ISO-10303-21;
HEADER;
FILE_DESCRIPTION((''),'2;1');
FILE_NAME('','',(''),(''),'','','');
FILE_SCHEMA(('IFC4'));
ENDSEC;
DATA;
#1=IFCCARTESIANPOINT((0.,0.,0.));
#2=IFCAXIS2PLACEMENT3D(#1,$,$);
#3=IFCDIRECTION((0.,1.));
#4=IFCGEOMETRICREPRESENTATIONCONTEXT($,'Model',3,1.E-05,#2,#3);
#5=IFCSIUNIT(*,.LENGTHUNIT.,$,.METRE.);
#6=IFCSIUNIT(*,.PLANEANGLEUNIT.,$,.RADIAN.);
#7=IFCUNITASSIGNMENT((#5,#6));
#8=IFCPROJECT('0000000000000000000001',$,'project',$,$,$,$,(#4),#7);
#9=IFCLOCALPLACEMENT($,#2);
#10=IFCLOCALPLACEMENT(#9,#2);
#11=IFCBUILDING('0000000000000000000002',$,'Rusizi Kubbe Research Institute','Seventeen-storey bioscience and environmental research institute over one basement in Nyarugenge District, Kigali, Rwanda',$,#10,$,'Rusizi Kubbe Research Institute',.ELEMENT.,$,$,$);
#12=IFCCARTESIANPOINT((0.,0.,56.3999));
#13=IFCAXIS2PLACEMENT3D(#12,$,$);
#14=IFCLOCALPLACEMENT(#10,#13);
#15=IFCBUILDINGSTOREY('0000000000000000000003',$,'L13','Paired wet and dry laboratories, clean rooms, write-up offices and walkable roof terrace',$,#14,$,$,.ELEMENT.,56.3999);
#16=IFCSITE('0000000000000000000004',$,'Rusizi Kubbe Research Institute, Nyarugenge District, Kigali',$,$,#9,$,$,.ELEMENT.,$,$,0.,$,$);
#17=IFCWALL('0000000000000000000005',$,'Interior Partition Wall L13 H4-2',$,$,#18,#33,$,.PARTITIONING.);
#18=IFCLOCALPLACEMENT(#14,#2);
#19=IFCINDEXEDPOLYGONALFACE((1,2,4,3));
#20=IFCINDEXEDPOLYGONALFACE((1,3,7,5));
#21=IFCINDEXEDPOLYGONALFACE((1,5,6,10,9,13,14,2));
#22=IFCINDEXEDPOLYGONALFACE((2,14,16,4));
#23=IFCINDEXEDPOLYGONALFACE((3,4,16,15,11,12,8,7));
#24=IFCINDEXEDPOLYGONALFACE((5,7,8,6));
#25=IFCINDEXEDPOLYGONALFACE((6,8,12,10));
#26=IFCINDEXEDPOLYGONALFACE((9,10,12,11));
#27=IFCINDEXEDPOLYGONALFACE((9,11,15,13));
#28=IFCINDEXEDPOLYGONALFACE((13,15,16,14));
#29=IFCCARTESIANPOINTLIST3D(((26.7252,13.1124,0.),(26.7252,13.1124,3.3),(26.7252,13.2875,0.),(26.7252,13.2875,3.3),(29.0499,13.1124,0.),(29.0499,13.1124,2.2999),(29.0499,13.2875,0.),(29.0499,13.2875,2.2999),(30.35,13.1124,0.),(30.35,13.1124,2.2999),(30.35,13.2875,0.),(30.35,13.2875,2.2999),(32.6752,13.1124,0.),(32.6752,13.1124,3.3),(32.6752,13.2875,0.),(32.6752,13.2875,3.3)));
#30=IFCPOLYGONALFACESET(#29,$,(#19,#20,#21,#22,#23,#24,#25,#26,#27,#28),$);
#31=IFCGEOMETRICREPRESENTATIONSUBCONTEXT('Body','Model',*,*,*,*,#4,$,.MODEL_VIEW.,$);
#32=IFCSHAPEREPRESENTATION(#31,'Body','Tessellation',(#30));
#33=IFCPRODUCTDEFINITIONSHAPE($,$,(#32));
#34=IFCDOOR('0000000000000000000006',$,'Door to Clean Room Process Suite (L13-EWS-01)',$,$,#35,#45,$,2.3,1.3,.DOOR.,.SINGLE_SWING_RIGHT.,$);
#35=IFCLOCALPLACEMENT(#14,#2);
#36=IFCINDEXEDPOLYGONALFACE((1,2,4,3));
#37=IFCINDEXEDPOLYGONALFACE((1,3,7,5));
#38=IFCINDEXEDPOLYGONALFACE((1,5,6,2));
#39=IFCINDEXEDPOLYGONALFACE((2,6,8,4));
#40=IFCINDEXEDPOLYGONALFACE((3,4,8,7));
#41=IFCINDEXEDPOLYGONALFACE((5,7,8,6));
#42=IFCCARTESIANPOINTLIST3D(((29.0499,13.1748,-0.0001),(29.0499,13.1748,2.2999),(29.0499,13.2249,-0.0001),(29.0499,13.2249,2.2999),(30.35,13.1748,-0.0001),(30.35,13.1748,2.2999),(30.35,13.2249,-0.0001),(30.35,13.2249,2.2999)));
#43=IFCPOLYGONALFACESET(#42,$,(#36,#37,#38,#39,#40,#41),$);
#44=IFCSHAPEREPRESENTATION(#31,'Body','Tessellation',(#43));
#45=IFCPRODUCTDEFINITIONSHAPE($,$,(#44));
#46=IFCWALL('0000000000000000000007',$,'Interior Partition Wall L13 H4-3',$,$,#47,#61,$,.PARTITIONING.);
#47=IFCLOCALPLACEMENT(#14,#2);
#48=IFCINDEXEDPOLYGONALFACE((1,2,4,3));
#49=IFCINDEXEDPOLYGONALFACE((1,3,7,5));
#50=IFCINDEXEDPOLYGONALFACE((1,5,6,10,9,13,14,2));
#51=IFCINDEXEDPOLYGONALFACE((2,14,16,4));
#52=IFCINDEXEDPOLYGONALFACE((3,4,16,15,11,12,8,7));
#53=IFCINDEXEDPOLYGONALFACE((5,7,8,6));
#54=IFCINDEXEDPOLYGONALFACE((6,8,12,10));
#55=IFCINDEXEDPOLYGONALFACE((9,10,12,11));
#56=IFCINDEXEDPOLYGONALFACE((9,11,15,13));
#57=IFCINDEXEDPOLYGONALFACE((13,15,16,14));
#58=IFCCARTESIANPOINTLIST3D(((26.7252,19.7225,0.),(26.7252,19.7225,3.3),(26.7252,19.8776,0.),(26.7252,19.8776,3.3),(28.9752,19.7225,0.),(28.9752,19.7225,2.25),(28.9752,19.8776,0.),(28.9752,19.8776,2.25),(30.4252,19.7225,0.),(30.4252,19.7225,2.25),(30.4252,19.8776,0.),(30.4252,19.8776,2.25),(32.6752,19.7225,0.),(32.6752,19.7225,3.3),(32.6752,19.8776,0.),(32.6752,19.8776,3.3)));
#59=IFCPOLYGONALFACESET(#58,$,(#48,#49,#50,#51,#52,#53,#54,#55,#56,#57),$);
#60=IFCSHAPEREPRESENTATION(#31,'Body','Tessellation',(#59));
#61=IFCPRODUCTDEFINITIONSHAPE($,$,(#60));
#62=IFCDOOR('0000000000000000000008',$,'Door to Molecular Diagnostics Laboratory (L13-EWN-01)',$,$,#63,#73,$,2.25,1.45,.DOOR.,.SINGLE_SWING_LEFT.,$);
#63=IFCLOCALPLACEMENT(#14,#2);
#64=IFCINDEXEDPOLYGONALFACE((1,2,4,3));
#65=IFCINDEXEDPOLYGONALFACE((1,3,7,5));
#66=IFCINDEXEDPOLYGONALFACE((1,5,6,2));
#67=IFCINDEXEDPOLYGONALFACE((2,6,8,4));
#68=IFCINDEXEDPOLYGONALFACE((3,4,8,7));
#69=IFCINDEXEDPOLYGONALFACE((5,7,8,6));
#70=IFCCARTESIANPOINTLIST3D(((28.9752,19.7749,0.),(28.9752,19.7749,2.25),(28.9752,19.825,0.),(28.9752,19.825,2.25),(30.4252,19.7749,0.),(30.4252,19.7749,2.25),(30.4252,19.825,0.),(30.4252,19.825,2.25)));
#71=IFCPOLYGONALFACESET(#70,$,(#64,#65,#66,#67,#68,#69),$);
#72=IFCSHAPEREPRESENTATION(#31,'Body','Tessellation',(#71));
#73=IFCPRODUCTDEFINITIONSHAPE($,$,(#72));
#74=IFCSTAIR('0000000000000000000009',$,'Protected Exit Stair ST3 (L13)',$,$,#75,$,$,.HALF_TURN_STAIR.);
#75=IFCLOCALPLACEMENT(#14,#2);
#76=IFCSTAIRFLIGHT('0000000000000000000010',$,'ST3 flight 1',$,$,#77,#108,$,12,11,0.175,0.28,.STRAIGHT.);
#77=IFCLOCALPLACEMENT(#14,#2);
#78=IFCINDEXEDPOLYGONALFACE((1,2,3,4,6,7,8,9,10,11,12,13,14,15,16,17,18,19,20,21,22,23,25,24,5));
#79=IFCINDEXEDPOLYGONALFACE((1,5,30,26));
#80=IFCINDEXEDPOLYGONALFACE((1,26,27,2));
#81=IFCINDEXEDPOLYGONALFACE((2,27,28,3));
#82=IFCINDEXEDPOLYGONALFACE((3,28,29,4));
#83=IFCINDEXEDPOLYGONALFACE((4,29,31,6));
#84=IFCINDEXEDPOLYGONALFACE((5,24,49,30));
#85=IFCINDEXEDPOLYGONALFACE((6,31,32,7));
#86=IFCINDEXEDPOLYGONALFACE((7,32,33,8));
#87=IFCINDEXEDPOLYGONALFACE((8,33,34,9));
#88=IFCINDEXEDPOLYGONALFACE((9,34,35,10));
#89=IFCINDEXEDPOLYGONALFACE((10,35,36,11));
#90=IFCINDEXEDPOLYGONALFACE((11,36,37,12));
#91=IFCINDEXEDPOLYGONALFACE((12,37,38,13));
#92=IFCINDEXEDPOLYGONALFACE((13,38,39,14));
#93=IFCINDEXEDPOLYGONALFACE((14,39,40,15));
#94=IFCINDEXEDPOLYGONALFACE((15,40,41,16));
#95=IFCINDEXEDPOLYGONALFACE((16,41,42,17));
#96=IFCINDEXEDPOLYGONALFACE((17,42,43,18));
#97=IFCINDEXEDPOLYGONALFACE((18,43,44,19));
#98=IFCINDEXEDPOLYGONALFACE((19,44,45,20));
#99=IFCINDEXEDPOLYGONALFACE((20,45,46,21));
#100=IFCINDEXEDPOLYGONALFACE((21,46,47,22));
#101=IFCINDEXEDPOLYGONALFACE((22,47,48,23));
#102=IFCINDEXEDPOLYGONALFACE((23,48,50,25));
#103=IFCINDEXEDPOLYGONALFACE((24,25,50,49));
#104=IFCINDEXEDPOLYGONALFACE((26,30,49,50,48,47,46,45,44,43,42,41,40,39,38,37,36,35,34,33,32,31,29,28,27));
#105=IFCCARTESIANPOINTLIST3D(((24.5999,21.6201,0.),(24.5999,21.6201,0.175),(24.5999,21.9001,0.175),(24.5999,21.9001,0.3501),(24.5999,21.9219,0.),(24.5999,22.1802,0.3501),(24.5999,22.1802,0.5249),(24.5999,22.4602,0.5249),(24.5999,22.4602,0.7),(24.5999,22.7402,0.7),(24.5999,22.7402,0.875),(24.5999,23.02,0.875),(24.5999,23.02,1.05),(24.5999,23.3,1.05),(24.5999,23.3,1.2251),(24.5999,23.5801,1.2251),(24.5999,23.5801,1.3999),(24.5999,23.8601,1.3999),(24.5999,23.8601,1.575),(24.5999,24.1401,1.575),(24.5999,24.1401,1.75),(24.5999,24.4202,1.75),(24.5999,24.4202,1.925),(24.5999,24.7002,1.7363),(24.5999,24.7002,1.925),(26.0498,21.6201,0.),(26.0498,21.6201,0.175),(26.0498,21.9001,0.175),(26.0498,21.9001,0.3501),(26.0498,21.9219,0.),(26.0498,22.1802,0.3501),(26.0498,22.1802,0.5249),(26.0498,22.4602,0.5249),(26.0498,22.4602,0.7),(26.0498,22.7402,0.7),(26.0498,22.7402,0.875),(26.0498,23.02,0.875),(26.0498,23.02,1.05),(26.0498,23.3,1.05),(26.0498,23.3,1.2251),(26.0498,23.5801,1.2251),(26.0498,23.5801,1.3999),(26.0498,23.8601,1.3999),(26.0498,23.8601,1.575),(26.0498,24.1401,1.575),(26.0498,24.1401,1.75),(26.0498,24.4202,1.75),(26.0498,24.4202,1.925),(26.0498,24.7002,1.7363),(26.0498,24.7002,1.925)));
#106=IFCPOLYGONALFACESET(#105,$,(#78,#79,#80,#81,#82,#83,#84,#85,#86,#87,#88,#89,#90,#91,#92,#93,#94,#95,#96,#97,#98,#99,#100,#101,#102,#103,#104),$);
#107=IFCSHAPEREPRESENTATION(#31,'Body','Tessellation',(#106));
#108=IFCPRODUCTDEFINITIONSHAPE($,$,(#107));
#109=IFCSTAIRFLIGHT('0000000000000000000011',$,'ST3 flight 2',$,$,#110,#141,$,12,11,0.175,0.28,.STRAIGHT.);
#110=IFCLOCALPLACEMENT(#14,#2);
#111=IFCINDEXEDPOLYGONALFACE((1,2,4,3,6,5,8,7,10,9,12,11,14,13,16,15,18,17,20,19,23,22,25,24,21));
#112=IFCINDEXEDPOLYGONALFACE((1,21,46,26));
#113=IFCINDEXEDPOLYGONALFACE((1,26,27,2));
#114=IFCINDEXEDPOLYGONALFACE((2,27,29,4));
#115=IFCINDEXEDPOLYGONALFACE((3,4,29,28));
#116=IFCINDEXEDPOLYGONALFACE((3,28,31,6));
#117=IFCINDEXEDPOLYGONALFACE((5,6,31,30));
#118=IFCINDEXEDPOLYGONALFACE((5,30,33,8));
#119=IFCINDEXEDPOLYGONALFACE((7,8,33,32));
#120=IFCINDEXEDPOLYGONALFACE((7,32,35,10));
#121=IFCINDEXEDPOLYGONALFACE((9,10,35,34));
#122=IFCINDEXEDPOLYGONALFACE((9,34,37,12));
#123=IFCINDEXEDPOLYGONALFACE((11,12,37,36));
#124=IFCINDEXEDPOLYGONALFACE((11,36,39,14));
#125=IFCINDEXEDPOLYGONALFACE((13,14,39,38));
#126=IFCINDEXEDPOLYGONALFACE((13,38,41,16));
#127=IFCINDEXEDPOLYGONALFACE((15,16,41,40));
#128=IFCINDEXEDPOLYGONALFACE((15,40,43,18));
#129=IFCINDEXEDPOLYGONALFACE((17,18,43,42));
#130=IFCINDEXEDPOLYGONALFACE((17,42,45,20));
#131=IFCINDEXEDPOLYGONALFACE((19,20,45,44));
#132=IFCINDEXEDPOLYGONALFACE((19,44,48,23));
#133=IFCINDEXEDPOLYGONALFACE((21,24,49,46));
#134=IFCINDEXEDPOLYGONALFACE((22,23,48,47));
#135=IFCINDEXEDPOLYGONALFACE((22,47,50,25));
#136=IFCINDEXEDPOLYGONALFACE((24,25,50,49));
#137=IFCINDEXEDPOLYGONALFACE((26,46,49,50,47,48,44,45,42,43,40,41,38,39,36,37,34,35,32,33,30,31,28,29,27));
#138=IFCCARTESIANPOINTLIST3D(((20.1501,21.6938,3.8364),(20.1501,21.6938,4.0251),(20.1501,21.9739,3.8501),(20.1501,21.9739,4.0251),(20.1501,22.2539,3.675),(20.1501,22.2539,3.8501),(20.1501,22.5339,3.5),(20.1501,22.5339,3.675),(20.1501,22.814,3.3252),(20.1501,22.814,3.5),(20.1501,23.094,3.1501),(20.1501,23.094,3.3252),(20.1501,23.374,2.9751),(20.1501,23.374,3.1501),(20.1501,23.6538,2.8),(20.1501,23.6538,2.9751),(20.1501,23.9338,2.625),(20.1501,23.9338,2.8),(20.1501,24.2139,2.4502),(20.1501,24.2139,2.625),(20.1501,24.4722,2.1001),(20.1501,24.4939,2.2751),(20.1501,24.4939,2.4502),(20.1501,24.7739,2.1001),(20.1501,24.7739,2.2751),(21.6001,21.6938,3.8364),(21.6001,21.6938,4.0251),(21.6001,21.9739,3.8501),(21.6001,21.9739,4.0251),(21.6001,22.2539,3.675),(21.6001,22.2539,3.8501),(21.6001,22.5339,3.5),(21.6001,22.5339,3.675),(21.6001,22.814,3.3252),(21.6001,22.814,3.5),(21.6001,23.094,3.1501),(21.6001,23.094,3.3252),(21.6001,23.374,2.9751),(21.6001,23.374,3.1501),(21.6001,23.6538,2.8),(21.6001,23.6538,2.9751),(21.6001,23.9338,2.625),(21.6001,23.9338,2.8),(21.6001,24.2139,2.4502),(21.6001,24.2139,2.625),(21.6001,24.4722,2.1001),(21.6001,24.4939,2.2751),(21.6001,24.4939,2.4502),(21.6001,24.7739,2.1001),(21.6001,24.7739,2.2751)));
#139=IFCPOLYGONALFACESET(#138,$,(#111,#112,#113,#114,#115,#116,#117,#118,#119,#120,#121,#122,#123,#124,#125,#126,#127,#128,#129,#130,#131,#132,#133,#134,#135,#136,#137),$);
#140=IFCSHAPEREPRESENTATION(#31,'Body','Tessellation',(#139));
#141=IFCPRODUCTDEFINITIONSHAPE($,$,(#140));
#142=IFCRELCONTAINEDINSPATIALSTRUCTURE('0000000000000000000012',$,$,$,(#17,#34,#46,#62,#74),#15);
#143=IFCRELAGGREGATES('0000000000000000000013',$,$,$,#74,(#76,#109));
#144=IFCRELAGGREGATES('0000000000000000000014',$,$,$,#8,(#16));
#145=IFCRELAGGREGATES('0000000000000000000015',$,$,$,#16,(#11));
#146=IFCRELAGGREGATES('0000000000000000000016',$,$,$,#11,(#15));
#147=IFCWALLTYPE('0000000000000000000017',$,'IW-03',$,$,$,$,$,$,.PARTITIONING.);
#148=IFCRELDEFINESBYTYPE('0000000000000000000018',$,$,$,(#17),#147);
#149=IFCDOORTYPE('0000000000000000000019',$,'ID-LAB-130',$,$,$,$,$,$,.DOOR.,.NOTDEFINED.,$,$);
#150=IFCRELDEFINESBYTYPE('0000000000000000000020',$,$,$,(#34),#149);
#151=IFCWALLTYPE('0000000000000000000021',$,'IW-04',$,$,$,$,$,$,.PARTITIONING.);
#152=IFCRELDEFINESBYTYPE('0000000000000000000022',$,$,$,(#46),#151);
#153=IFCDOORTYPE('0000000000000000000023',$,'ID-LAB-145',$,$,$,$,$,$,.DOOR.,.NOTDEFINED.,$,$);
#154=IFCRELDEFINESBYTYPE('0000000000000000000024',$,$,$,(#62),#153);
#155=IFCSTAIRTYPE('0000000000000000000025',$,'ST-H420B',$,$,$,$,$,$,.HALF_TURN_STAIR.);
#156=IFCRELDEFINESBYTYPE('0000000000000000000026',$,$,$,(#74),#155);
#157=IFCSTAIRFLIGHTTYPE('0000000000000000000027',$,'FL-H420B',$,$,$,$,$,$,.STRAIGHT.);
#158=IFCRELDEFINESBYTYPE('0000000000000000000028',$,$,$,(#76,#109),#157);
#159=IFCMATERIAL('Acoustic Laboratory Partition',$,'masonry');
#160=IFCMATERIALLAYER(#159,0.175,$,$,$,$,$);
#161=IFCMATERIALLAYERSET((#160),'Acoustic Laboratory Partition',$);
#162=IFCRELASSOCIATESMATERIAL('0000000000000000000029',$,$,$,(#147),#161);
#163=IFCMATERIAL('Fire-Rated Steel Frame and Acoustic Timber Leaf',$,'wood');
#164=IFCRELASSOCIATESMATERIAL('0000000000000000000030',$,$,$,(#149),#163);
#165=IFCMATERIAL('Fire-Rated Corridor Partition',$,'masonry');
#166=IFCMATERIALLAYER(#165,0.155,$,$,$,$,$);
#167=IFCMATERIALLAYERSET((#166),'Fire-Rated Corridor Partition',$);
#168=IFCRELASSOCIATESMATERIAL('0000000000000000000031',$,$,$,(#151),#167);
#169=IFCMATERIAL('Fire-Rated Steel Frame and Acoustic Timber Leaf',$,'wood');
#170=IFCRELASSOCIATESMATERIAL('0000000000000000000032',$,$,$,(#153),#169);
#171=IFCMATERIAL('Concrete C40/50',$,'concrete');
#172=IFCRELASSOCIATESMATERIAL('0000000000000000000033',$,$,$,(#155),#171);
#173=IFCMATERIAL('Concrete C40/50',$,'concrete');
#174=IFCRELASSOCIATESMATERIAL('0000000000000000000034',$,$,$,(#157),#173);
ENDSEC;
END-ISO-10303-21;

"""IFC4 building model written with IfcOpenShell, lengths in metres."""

from ifc_helpers import new_model, si_unit, direction, frame, frame_2d, origin, place, context, subcontext, project, spatial, polyline, rectangle, outline, extrude, material, layer, layer_set, type_object, element, fill, aggregate, save


model = new_model("IFC4")

# Units and contexts
model_context = context("Model", 3, precision=1e-05, world=origin(), true_north=direction((0.0, 1.0)))
body_context = subcontext(model_context, "Body", "Model", "MODEL_VIEW")
ifc_project = project(units=[si_unit("LENGTHUNIT", "METRE"), si_unit("PLANEANGLEUNIT", "RADIAN")], contexts=[model_context])

# Site, building, storey
site_placement = place(None, origin())
site = spatial("IfcSite", under=ifc_project, at=site_placement, Name="Rusizi Kubbe Research Institute, Nyarugenge District, Kigali", CompositionType="ELEMENT", RefElevation=0.0)
building_placement = place(site_placement, origin())
building = spatial("IfcBuilding", under=site, at=building_placement, Name="Rusizi Kubbe Research Institute", Description="Seventeen-storey bioscience and environmental research institute over one basement in Nyarugenge District, Kigali, Rwanda", LongName="Rusizi Kubbe Research Institute", CompositionType="ELEMENT")
storey_placement = place(building_placement, frame((0.0, 0.0, 56.3999)))
storey = spatial("IfcBuildingStorey", under=building, at=storey_placement, Name="L13", Description="Paired wet and dry laboratories, clean rooms, write-up offices and walkable roof terrace", CompositionType="ELEMENT", Elevation=56.3999)

# Walls, openings, doors
ifc_material_1 = material(Name="Acoustic Laboratory Partition", Category="masonry")
ifc_layer_1 = layer(ifc_material_1, 0.175)
ifc_layer_set_1 = layer_set([ifc_layer_1], Name="Acoustic Laboratory Partition")
wall_type_1 = type_object("IfcWallType", Name="IW-03", PredefinedType="PARTITIONING", material=ifc_layer_set_1)
wall_1_placement = place(storey_placement, frame((26.7251, 13.2, 0.0), z_axis=(0.0, 0.0, 1.0), x_axis=(1.0, 0.0, 0.0)))
wall_1 = element("IfcWall", 1, at=wall_1_placement, inside=storey, type_object=wall_type_1, Name="Interior Partition Wall L13 H4-2", PredefinedType="PARTITIONING", context=body_context, shape_type="SweptSolid", body=[
    extrude(rectangle(XDim=5.95, YDim=0.175, at=frame_2d((2.9751, 0.0))), origin(), (0.0, 0.0, 1.0), 3.3),
])
opening_1_placement = place(wall_1_placement, frame((2.325, 0.0, 0.0)))
opening_1 = element("IfcOpeningElement", 2, at=opening_1_placement, cuts=wall_1, PredefinedType="OPENING", context=body_context, shape_type="SweptSolid", body=[
    extrude(rectangle(XDim=1.3, YDim=2.3, at=frame_2d((0.6499, 1.1499))), frame((0.0, 0.0974, 0.0), z_axis=(0.0, -1.0, 0.0), x_axis=(1.0, 0.0, 0.0)), (0.0, 0.0, 1.0), 0.1951),
])
ifc_material_2 = material(Name="Fire-Rated Steel Frame and Acoustic Timber Leaf", Category="wood")
door_type_1 = type_object("IfcDoorType", Name="ID-LAB-130", OperationType="NOTDEFINED", PredefinedType="DOOR", material=ifc_material_2)
door_1_placement = place(opening_1_placement, origin())
door_1 = element("IfcDoor", 3, at=door_1_placement, inside=storey, type_object=door_type_1, Name="Door to Clean Room Process Suite (L13-EWS-01)", OperationType="SINGLE_SWING_RIGHT", OverallHeight=2.3, OverallWidth=1.3, PredefinedType="DOOR", context=body_context, shape_type="SweptSolid", body=[
    extrude(rectangle(XDim=1.3, YDim=2.3, at=frame_2d((0.6499, 1.1499))), frame((0.0, 0.0249, 0.0), z_axis=(0.0, -1.0, 0.0), x_axis=(1.0, 0.0, 0.0)), (0.0, 0.0, 1.0), 0.05),
])
fill(opening_1, door_1)
ifc_material_3 = material(Name="Fire-Rated Corridor Partition", Category="masonry")
ifc_layer_2 = layer(ifc_material_3, 0.155)
ifc_layer_set_2 = layer_set([ifc_layer_2], Name="Fire-Rated Corridor Partition")
wall_type_2 = type_object("IfcWallType", Name="IW-04", PredefinedType="PARTITIONING", material=ifc_layer_set_2)
wall_2_placement = place(storey_placement, frame((26.7251, 19.8, 0.0), z_axis=(0.0, 0.0, 1.0), x_axis=(1.0, 0.0, 0.0)))
wall_2 = element("IfcWall", 4, at=wall_2_placement, inside=storey, type_object=wall_type_2, Name="Interior Partition Wall L13 H4-3", PredefinedType="PARTITIONING", context=body_context, shape_type="SweptSolid", body=[
    extrude(rectangle(XDim=5.95, YDim=0.155, at=frame_2d((2.9751, 0.0))), origin(), (0.0, 0.0, 1.0), 3.3),
])
opening_2_placement = place(wall_2_placement, frame((2.25, 0.0, 0.0)))
opening_2 = element("IfcOpeningElement", 5, at=opening_2_placement, cuts=wall_2, PredefinedType="OPENING", context=body_context, shape_type="SweptSolid", body=[
    extrude(rectangle(XDim=1.45, YDim=2.25, at=frame_2d((0.7251, 1.125))), frame((0.0, 0.0874, 0.0), z_axis=(0.0, -1.0, 0.0), x_axis=(1.0, 0.0, 0.0)), (0.0, 0.0, 1.0), 0.175),
])
ifc_material_4 = material(Name="Fire-Rated Steel Frame and Acoustic Timber Leaf", Category="wood")
door_type_2 = type_object("IfcDoorType", Name="ID-LAB-145", OperationType="NOTDEFINED", PredefinedType="DOOR", material=ifc_material_4)
door_2_placement = place(opening_2_placement, origin())
door_2 = element("IfcDoor", 6, at=door_2_placement, inside=storey, type_object=door_type_2, Name="Door to Molecular Diagnostics Laboratory (L13-EWN-01)", OperationType="SINGLE_SWING_LEFT", OverallHeight=2.25, OverallWidth=1.45, PredefinedType="DOOR", context=body_context, shape_type="SweptSolid", body=[
    extrude(rectangle(XDim=1.45, YDim=2.25, at=frame_2d((0.7251, 1.125))), frame((0.0, 0.0249, 0.0), z_axis=(0.0, -1.0, 0.0), x_axis=(1.0, 0.0, 0.0)), (0.0, 0.0, 1.0), 0.05),
])
fill(opening_2, door_2)

# Stair, stair flights
ifc_material_5 = material(Name="Concrete C40/50", Category="concrete")
stair_type = type_object("IfcStairType", Name="ST-H420B", PredefinedType="HALF_TURN_STAIR", material=ifc_material_5)
stair_placement = place(storey_placement, origin())
stair = element("IfcStair", 7, at=stair_placement, inside=storey, type_object=stair_type, Name="Protected Exit Stair ST3 (L13)", PredefinedType="HALF_TURN_STAIR")
ifc_material_6 = material(Name="Concrete C40/50", Category="concrete")
stair_flight_type = type_object("IfcStairFlightType", Name="FL-H420B", PredefinedType="STRAIGHT", material=ifc_material_6)
stair_flight_1_placement = place(storey_placement, frame((25.325, 21.6201, 0.0), z_axis=(0.0, 0.0, 1.0), x_axis=(0.0, 1.0, 0.0)))
stair_flight_1 = element("IfcStairFlight", 8, at=stair_flight_1_placement, type_object=stair_flight_type, Name="ST3 flight 1", NumberOfRisers=12, NumberOfTreads=11, PredefinedType="STRAIGHT", RiserHeight=0.175, TreadLength=0.28, context=body_context, shape_type="SweptSolid", body=[
    extrude(outline(polyline([(0.0, 0.0), (0.0, 0.175), (0.28, 0.175), (0.28, 0.3501), (0.5601, 0.3501), (0.5601, 0.5249), (0.8401, 0.5249), (0.8401, 0.7), (1.1201, 0.7), (1.1201, 0.875), (1.3999, 0.875), (1.3999, 1.05), (1.6799, 1.05), (1.6799, 1.2251), (1.96, 1.2251), (1.96, 1.3999), (2.24, 1.3999), (2.24, 1.575), (2.52, 1.575), (2.52, 1.75), (2.8, 1.75), (2.8, 1.925), (3.0801, 1.925), (3.0801, 2.1001), (3.0801, 1.7363), (0.3018, 0.0), (0.0, 0.0)])), frame((0.0, 0.7251, 0.0), z_axis=(0.0, -1.0, 0.0), x_axis=(1.0, 0.0, 0.0)), (0.0, 0.0, 1.0), 1.45),
])
stair_flight_2_placement = place(storey_placement, frame((20.875, 24.7739, 2.1001), z_axis=(0.0, 0.0, 1.0), x_axis=(0.0, -1.0, 0.0)))
stair_flight_2 = element("IfcStairFlight", 9, at=stair_flight_2_placement, type_object=stair_flight_type, Name="ST3 flight 2", NumberOfRisers=12, NumberOfTreads=11, PredefinedType="STRAIGHT", RiserHeight=0.175, TreadLength=0.28, context=body_context, shape_type="SweptSolid", body=[
    extrude(outline(polyline([(0.0, 0.0), (0.0, 0.175), (0.28, 0.175), (0.28, 0.3501), (0.5601, 0.3501), (0.5601, 0.5249), (0.8401, 0.5249), (0.8401, 0.7), (1.1201, 0.7), (1.1201, 0.875), (1.3999, 0.875), (1.3999, 1.05), (1.6799, 1.05), (1.6799, 1.2251), (1.96, 1.2251), (1.96, 1.3999), (2.24, 1.3999), (2.24, 1.575), (2.52, 1.575), (2.52, 1.75), (2.8, 1.75), (2.8, 1.925), (3.0801, 1.925), (3.0801, 2.1001), (3.0801, 1.7363), (0.3018, 0.0), (0.0, 0.0)])), frame((0.0, 0.7251, 0.0), z_axis=(0.0, -1.0, 0.0), x_axis=(1.0, 0.0, 0.0)), (0.0, 0.0, 1.0), 1.45),
])
aggregate(stair, [stair_flight_1, stair_flight_2])

save(model, "model.ifc")
